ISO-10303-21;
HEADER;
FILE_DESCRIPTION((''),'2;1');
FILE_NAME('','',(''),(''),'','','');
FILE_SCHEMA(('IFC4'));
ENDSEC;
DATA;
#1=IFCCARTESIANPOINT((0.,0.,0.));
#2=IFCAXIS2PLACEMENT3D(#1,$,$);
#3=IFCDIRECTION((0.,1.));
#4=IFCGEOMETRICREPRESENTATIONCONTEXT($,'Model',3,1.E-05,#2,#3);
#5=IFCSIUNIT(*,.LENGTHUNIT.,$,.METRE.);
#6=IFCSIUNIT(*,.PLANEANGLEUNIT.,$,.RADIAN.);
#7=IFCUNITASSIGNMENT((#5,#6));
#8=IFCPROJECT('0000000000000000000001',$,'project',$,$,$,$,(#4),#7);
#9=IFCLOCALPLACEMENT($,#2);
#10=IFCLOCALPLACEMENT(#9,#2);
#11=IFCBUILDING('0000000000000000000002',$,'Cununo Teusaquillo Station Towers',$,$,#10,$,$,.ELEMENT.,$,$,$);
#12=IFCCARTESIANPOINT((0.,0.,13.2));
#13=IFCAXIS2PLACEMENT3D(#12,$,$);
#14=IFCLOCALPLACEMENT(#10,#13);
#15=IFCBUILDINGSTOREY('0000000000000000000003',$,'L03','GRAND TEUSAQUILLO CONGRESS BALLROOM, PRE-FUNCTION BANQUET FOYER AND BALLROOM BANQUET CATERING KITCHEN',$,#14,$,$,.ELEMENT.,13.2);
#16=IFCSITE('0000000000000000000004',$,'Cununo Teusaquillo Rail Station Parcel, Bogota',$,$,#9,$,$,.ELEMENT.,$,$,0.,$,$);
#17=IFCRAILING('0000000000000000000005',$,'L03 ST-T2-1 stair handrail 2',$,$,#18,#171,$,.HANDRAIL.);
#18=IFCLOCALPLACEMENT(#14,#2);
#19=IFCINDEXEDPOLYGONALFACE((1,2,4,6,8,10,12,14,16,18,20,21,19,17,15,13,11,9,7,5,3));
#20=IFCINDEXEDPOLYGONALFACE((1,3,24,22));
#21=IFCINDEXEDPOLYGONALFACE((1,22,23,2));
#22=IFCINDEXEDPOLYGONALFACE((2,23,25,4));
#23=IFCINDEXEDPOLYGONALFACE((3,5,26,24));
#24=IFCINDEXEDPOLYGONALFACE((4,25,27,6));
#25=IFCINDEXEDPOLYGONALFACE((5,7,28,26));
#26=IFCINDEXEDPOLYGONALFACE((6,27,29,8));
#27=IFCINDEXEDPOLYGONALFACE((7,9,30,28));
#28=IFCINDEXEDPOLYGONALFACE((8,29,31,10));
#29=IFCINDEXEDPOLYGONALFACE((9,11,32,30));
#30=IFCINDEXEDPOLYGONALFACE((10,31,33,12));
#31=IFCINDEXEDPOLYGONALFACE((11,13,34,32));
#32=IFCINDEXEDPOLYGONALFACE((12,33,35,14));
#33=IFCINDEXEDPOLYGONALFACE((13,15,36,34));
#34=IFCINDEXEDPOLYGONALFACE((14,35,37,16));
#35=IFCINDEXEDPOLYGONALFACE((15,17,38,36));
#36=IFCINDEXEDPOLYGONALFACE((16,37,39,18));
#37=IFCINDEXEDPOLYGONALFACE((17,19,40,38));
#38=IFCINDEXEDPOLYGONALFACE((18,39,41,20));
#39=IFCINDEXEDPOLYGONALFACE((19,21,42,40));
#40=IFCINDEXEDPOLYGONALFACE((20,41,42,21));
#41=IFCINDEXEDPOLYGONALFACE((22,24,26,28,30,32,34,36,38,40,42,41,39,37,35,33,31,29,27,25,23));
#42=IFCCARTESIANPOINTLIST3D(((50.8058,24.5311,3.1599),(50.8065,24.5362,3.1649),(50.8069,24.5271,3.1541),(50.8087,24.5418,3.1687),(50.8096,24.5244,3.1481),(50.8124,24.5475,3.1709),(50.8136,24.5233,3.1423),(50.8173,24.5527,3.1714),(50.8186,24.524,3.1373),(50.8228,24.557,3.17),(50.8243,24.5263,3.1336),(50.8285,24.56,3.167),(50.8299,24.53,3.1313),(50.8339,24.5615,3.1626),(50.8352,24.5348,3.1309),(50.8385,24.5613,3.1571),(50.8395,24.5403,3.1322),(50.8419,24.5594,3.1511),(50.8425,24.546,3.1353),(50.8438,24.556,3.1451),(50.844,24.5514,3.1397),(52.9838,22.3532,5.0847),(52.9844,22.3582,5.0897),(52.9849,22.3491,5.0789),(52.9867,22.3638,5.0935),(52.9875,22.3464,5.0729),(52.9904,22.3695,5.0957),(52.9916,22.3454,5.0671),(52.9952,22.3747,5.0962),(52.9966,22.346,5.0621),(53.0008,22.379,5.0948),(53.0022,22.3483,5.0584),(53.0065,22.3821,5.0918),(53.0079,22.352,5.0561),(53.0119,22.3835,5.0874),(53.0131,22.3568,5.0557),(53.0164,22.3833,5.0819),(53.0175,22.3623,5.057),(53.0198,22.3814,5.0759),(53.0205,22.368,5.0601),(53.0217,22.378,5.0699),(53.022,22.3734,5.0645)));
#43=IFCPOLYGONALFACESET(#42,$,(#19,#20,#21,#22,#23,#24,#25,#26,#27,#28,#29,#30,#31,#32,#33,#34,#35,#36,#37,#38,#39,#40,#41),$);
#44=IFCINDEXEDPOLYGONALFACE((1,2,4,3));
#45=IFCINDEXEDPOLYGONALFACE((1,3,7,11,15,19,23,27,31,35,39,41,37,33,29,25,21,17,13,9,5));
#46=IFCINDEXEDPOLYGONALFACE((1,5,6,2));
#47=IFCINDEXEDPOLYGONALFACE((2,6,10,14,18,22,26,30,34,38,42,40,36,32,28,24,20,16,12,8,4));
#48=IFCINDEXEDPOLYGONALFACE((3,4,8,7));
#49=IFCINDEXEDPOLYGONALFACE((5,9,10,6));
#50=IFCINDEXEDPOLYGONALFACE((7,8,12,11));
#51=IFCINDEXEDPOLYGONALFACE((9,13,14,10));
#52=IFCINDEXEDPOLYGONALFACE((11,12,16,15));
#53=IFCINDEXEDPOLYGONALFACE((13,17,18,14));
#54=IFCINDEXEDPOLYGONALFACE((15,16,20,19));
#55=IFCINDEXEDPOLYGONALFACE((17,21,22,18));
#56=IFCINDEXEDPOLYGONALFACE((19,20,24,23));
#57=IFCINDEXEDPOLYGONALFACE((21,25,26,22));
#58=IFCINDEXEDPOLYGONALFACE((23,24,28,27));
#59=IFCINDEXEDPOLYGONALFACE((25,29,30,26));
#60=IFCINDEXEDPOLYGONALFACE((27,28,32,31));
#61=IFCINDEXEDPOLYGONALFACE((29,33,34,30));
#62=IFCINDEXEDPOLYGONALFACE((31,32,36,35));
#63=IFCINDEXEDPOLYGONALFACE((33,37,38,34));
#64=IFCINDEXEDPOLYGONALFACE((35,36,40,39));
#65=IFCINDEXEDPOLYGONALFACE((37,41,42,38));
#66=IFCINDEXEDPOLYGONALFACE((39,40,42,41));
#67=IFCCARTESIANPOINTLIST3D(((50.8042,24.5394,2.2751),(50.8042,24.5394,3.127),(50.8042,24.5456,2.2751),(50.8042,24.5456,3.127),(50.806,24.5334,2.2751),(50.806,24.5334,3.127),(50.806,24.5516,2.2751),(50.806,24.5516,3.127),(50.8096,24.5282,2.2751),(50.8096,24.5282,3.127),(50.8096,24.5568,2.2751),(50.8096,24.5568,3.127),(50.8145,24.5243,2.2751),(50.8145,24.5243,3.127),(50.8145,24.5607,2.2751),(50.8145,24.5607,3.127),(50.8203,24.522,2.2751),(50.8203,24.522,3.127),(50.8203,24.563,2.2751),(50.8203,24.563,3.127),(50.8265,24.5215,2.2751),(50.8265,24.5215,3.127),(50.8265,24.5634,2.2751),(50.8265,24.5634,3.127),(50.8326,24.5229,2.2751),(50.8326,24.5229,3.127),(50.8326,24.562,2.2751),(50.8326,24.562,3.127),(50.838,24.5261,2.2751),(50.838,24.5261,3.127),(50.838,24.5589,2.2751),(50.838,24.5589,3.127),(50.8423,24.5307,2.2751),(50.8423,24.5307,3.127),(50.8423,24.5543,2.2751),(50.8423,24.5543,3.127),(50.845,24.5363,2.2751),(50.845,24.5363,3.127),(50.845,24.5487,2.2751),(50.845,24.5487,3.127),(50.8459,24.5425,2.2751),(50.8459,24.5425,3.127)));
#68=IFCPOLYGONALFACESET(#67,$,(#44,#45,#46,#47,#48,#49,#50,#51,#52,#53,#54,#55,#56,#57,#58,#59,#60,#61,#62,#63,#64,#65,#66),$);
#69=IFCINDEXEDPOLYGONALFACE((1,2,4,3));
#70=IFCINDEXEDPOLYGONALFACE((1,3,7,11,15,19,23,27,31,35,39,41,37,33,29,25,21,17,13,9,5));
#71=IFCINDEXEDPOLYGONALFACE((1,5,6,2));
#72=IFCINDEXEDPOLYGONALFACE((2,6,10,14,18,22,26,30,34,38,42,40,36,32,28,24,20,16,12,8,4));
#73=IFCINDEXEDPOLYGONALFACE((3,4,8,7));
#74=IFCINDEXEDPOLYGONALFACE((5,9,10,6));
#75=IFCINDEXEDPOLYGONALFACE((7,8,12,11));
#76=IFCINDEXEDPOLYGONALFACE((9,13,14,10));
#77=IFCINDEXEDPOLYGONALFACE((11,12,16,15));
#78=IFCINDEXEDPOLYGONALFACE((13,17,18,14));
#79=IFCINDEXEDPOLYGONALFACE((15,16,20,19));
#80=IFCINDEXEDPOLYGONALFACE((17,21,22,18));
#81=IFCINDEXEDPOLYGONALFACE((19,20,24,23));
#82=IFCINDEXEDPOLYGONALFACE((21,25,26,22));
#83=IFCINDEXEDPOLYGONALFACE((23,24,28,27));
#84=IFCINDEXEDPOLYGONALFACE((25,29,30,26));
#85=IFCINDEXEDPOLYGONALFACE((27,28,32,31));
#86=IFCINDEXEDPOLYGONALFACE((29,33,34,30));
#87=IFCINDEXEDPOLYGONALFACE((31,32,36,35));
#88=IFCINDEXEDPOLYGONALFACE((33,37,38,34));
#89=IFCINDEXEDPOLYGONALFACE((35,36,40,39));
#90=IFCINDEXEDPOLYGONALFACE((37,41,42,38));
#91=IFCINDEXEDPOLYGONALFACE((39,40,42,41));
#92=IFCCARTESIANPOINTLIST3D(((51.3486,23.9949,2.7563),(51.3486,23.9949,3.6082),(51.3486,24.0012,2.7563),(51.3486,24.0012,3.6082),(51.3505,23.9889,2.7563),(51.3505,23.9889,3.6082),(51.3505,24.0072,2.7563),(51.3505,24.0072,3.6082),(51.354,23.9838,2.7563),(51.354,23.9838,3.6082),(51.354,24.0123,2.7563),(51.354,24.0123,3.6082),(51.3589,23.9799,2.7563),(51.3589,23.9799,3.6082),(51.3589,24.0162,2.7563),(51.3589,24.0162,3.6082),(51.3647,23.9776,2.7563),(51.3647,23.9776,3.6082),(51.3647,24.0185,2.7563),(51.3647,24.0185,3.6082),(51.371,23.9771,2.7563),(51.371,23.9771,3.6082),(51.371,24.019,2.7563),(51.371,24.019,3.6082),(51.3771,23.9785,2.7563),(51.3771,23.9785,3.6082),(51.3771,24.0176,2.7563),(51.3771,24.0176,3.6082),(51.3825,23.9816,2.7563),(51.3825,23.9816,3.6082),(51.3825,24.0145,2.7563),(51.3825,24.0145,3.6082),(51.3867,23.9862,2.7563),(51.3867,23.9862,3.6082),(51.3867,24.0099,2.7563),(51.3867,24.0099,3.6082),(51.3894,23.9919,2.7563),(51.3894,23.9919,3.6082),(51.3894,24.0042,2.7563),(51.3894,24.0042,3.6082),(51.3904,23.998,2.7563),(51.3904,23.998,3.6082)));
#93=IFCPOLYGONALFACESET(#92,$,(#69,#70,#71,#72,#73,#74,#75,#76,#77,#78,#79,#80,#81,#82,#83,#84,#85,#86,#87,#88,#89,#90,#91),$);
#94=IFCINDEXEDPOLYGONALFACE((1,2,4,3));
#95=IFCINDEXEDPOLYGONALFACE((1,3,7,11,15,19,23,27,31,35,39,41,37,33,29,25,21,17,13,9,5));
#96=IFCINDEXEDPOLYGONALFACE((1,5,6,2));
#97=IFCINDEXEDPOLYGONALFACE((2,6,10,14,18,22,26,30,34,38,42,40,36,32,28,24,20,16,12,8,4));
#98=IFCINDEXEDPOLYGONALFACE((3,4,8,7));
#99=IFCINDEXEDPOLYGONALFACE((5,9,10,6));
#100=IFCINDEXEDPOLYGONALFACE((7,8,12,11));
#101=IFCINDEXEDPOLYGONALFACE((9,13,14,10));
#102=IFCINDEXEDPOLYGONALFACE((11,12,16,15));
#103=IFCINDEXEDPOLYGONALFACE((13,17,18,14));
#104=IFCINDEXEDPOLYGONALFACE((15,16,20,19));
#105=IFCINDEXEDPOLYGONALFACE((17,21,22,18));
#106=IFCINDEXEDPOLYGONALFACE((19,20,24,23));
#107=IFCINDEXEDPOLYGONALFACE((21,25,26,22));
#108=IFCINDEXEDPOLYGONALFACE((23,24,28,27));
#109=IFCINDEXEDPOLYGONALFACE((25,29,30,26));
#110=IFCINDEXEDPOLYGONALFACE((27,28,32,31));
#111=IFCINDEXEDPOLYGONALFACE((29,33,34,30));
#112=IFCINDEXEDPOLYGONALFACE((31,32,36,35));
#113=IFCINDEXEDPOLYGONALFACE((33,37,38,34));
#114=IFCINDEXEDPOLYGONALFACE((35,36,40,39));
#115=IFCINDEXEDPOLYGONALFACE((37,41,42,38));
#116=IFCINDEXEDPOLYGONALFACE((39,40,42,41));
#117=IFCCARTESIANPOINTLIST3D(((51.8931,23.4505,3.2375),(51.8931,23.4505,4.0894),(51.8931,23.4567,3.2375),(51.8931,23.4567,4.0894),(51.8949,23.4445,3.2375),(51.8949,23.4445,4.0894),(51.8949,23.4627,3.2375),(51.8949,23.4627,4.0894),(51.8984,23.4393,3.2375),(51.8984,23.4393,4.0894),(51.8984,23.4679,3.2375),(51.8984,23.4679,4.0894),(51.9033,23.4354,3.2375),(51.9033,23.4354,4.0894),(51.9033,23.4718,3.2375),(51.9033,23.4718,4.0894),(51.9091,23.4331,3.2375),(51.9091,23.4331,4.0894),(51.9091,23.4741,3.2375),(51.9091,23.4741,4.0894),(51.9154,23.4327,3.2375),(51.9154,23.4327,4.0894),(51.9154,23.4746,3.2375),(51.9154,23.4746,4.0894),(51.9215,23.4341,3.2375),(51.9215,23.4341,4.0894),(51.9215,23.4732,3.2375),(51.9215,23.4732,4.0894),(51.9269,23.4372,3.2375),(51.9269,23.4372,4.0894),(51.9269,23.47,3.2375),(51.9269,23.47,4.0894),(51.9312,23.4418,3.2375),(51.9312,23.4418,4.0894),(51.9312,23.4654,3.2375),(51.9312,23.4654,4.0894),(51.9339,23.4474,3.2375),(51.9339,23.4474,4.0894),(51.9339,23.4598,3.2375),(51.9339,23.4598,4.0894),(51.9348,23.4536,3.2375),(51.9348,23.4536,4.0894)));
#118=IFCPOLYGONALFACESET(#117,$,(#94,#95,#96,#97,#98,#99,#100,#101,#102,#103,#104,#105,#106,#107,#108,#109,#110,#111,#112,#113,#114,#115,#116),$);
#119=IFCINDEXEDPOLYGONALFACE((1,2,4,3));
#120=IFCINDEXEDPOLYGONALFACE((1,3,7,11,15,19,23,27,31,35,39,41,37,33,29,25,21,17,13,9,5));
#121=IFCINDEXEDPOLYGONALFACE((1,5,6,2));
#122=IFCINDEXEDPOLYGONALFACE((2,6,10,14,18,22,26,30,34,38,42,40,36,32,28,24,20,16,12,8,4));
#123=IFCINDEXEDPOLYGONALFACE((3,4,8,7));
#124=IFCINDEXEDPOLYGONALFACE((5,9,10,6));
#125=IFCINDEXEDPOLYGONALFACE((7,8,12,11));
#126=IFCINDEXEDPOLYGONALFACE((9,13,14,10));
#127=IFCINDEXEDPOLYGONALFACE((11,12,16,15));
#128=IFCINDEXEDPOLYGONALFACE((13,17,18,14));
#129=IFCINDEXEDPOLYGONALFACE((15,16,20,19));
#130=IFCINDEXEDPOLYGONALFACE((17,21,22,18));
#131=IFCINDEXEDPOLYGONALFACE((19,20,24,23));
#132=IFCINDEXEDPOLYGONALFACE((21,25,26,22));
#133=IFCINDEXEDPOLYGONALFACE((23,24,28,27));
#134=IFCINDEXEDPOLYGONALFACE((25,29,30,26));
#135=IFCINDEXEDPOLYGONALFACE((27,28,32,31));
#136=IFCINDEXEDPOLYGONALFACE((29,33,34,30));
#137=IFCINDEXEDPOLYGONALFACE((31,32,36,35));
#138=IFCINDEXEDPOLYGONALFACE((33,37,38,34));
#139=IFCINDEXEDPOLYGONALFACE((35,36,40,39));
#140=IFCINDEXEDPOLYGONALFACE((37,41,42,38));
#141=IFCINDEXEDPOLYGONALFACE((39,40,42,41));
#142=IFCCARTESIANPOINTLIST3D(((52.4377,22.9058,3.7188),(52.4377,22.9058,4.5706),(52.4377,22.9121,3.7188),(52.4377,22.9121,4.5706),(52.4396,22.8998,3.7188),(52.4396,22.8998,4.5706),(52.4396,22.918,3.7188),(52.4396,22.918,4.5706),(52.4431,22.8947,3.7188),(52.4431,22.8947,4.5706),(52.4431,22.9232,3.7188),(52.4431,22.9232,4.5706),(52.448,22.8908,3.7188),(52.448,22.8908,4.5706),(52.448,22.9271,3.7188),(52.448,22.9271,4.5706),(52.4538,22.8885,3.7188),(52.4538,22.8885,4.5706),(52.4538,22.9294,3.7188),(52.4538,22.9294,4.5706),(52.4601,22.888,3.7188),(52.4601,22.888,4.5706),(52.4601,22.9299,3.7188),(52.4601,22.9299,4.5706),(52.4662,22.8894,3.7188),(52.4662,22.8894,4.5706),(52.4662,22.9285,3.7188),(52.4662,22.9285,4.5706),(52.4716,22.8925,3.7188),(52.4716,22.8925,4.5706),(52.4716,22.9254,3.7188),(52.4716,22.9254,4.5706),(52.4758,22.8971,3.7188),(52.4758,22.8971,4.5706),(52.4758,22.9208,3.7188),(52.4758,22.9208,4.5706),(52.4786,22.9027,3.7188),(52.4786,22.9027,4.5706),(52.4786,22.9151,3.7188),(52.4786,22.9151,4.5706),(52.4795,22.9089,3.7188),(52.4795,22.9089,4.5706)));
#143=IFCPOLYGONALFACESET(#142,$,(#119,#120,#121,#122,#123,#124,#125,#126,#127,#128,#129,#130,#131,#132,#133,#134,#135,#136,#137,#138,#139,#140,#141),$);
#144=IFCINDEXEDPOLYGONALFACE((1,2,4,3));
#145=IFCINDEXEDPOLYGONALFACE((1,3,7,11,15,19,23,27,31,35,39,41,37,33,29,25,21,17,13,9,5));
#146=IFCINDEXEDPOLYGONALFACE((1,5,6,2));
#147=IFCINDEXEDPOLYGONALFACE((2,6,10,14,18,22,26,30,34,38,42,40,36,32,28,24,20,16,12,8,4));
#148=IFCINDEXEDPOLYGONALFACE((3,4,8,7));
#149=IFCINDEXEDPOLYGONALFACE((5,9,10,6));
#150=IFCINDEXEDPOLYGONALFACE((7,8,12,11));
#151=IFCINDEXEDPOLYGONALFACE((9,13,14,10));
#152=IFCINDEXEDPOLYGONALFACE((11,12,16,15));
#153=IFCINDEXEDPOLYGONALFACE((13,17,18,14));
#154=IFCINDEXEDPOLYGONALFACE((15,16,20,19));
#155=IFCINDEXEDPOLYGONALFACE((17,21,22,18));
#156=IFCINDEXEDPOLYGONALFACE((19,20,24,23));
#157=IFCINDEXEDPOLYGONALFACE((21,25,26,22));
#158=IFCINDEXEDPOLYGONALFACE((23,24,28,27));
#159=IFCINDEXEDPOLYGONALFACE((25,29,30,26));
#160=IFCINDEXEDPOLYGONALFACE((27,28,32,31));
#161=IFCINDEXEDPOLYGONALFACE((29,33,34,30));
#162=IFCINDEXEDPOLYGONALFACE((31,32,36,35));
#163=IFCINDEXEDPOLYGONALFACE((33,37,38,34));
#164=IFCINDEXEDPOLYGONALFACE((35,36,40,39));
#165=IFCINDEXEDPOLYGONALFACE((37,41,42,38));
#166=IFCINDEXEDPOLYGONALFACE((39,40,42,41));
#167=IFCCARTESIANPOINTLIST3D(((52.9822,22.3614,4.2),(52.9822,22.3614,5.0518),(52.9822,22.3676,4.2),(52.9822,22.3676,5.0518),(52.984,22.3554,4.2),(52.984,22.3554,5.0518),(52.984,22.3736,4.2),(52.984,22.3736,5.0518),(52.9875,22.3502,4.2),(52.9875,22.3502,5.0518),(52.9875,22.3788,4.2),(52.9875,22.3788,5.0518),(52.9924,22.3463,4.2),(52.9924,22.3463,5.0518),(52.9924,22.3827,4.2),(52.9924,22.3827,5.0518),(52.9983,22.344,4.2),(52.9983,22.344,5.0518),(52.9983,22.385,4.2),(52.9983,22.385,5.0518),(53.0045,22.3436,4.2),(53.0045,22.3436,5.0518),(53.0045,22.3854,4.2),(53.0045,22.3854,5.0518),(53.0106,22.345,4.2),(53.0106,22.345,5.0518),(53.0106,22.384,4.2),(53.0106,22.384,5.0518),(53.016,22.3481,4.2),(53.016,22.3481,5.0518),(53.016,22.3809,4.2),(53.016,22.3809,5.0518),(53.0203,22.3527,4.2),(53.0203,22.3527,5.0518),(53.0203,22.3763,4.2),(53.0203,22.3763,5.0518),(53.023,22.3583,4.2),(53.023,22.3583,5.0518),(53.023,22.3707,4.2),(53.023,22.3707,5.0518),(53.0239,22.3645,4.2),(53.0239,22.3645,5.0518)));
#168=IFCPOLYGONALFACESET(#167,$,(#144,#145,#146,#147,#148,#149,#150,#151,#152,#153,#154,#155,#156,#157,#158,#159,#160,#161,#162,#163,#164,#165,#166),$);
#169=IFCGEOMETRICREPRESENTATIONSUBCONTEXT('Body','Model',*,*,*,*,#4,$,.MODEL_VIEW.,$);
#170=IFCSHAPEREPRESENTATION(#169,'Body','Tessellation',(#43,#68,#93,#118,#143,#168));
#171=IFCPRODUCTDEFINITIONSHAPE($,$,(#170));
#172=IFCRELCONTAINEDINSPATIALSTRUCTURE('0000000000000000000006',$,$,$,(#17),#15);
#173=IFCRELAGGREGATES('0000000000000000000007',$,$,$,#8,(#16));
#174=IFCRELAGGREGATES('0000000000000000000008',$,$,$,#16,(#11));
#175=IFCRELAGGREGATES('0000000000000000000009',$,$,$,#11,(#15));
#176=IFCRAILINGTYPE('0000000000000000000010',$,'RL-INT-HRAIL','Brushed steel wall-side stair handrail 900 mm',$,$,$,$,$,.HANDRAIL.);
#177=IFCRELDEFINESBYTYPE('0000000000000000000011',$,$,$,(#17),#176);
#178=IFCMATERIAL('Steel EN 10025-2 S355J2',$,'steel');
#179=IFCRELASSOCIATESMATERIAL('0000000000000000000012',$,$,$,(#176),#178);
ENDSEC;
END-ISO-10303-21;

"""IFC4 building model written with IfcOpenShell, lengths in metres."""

from ifc_helpers import new_model, si_unit, direction, frame, origin, origin_2d, place, context, subcontext, project, spatial, circle, extrude, material, type_object, element, save


model = new_model("IFC4")

# Units and contexts
model_context = context("Model", 3, precision=1e-05, world=origin(), true_north=direction((0.0, 1.0)))
body_context = subcontext(model_context, "Body", "Model", "MODEL_VIEW")
ifc_project = project(units=[si_unit("LENGTHUNIT", "METRE"), si_unit("PLANEANGLEUNIT", "RADIAN")], contexts=[model_context])

# Site, building, storey
site_placement = place(None, origin())
site = spatial("IfcSite", under=ifc_project, at=site_placement, Name="Cununo Teusaquillo Rail Station Parcel, Bogota", CompositionType="ELEMENT", RefElevation=0.0)
building_placement = place(site_placement, origin())
building = spatial("IfcBuilding", under=site, at=building_placement, Name="Cununo Teusaquillo Station Towers", CompositionType="ELEMENT")
storey_placement = place(building_placement, frame((0.0, 0.0, 13.2)))
storey = spatial("IfcBuildingStorey", under=building, at=storey_placement, Name="L03", Description="GRAND TEUSAQUILLO CONGRESS BALLROOM, PRE-FUNCTION BANQUET FOYER AND BALLROOM BANQUET CATERING KITCHEN", CompositionType="ELEMENT", Elevation=13.2)

# Railing
ifc_material_1 = material(Name="Steel EN 10025-2 S355J2", Category="steel")
railing_type = type_object("IfcRailingType", Name="RL-INT-HRAIL", Description="Brushed steel wall-side stair handrail 900 mm", PredefinedType="HANDRAIL", material=ifc_material_1)
railing_placement = place(storey_placement, frame((50.825, 24.5425, 2.2751)))
element("IfcRailing", 1, at=railing_placement, inside=storey, type_object=railing_type, Name="L03 ST-T2-1 stair handrail 2", PredefinedType="HANDRAIL", context=body_context, shape_type="SweptSolid", body=[
    extrude(circle(Radius=0.0239, at=origin_2d()), frame((0.0, 0.0, 0.876), z_axis=(0.599649, -0.599649, 0.529945), x_axis=(0.707107, 0.707107, 0.0)), (0.0, 0.0, 1.0), 3.6321),
    extrude(circle(Radius=0.021, at=origin_2d()), origin(), (0.0, 0.0, 1.0), 0.8518),
    extrude(circle(Radius=0.021, at=origin_2d()), frame((0.5444, -0.5444, 0.4812)), (0.0, 0.0, 1.0), 0.8518),
    extrude(circle(Radius=0.021, at=origin_2d()), frame((1.0889, -1.0889, 0.9624)), (0.0, 0.0, 1.0), 0.8518),
    extrude(circle(Radius=0.021, at=origin_2d()), frame((1.6335, -1.6335, 1.4436)), (0.0, 0.0, 1.0), 0.8518),
    extrude(circle(Radius=0.021, at=origin_2d()), frame((2.178, -2.178, 1.9248)), (0.0, 0.0, 1.0), 0.8518),
])

save(model, "model.ifc")
